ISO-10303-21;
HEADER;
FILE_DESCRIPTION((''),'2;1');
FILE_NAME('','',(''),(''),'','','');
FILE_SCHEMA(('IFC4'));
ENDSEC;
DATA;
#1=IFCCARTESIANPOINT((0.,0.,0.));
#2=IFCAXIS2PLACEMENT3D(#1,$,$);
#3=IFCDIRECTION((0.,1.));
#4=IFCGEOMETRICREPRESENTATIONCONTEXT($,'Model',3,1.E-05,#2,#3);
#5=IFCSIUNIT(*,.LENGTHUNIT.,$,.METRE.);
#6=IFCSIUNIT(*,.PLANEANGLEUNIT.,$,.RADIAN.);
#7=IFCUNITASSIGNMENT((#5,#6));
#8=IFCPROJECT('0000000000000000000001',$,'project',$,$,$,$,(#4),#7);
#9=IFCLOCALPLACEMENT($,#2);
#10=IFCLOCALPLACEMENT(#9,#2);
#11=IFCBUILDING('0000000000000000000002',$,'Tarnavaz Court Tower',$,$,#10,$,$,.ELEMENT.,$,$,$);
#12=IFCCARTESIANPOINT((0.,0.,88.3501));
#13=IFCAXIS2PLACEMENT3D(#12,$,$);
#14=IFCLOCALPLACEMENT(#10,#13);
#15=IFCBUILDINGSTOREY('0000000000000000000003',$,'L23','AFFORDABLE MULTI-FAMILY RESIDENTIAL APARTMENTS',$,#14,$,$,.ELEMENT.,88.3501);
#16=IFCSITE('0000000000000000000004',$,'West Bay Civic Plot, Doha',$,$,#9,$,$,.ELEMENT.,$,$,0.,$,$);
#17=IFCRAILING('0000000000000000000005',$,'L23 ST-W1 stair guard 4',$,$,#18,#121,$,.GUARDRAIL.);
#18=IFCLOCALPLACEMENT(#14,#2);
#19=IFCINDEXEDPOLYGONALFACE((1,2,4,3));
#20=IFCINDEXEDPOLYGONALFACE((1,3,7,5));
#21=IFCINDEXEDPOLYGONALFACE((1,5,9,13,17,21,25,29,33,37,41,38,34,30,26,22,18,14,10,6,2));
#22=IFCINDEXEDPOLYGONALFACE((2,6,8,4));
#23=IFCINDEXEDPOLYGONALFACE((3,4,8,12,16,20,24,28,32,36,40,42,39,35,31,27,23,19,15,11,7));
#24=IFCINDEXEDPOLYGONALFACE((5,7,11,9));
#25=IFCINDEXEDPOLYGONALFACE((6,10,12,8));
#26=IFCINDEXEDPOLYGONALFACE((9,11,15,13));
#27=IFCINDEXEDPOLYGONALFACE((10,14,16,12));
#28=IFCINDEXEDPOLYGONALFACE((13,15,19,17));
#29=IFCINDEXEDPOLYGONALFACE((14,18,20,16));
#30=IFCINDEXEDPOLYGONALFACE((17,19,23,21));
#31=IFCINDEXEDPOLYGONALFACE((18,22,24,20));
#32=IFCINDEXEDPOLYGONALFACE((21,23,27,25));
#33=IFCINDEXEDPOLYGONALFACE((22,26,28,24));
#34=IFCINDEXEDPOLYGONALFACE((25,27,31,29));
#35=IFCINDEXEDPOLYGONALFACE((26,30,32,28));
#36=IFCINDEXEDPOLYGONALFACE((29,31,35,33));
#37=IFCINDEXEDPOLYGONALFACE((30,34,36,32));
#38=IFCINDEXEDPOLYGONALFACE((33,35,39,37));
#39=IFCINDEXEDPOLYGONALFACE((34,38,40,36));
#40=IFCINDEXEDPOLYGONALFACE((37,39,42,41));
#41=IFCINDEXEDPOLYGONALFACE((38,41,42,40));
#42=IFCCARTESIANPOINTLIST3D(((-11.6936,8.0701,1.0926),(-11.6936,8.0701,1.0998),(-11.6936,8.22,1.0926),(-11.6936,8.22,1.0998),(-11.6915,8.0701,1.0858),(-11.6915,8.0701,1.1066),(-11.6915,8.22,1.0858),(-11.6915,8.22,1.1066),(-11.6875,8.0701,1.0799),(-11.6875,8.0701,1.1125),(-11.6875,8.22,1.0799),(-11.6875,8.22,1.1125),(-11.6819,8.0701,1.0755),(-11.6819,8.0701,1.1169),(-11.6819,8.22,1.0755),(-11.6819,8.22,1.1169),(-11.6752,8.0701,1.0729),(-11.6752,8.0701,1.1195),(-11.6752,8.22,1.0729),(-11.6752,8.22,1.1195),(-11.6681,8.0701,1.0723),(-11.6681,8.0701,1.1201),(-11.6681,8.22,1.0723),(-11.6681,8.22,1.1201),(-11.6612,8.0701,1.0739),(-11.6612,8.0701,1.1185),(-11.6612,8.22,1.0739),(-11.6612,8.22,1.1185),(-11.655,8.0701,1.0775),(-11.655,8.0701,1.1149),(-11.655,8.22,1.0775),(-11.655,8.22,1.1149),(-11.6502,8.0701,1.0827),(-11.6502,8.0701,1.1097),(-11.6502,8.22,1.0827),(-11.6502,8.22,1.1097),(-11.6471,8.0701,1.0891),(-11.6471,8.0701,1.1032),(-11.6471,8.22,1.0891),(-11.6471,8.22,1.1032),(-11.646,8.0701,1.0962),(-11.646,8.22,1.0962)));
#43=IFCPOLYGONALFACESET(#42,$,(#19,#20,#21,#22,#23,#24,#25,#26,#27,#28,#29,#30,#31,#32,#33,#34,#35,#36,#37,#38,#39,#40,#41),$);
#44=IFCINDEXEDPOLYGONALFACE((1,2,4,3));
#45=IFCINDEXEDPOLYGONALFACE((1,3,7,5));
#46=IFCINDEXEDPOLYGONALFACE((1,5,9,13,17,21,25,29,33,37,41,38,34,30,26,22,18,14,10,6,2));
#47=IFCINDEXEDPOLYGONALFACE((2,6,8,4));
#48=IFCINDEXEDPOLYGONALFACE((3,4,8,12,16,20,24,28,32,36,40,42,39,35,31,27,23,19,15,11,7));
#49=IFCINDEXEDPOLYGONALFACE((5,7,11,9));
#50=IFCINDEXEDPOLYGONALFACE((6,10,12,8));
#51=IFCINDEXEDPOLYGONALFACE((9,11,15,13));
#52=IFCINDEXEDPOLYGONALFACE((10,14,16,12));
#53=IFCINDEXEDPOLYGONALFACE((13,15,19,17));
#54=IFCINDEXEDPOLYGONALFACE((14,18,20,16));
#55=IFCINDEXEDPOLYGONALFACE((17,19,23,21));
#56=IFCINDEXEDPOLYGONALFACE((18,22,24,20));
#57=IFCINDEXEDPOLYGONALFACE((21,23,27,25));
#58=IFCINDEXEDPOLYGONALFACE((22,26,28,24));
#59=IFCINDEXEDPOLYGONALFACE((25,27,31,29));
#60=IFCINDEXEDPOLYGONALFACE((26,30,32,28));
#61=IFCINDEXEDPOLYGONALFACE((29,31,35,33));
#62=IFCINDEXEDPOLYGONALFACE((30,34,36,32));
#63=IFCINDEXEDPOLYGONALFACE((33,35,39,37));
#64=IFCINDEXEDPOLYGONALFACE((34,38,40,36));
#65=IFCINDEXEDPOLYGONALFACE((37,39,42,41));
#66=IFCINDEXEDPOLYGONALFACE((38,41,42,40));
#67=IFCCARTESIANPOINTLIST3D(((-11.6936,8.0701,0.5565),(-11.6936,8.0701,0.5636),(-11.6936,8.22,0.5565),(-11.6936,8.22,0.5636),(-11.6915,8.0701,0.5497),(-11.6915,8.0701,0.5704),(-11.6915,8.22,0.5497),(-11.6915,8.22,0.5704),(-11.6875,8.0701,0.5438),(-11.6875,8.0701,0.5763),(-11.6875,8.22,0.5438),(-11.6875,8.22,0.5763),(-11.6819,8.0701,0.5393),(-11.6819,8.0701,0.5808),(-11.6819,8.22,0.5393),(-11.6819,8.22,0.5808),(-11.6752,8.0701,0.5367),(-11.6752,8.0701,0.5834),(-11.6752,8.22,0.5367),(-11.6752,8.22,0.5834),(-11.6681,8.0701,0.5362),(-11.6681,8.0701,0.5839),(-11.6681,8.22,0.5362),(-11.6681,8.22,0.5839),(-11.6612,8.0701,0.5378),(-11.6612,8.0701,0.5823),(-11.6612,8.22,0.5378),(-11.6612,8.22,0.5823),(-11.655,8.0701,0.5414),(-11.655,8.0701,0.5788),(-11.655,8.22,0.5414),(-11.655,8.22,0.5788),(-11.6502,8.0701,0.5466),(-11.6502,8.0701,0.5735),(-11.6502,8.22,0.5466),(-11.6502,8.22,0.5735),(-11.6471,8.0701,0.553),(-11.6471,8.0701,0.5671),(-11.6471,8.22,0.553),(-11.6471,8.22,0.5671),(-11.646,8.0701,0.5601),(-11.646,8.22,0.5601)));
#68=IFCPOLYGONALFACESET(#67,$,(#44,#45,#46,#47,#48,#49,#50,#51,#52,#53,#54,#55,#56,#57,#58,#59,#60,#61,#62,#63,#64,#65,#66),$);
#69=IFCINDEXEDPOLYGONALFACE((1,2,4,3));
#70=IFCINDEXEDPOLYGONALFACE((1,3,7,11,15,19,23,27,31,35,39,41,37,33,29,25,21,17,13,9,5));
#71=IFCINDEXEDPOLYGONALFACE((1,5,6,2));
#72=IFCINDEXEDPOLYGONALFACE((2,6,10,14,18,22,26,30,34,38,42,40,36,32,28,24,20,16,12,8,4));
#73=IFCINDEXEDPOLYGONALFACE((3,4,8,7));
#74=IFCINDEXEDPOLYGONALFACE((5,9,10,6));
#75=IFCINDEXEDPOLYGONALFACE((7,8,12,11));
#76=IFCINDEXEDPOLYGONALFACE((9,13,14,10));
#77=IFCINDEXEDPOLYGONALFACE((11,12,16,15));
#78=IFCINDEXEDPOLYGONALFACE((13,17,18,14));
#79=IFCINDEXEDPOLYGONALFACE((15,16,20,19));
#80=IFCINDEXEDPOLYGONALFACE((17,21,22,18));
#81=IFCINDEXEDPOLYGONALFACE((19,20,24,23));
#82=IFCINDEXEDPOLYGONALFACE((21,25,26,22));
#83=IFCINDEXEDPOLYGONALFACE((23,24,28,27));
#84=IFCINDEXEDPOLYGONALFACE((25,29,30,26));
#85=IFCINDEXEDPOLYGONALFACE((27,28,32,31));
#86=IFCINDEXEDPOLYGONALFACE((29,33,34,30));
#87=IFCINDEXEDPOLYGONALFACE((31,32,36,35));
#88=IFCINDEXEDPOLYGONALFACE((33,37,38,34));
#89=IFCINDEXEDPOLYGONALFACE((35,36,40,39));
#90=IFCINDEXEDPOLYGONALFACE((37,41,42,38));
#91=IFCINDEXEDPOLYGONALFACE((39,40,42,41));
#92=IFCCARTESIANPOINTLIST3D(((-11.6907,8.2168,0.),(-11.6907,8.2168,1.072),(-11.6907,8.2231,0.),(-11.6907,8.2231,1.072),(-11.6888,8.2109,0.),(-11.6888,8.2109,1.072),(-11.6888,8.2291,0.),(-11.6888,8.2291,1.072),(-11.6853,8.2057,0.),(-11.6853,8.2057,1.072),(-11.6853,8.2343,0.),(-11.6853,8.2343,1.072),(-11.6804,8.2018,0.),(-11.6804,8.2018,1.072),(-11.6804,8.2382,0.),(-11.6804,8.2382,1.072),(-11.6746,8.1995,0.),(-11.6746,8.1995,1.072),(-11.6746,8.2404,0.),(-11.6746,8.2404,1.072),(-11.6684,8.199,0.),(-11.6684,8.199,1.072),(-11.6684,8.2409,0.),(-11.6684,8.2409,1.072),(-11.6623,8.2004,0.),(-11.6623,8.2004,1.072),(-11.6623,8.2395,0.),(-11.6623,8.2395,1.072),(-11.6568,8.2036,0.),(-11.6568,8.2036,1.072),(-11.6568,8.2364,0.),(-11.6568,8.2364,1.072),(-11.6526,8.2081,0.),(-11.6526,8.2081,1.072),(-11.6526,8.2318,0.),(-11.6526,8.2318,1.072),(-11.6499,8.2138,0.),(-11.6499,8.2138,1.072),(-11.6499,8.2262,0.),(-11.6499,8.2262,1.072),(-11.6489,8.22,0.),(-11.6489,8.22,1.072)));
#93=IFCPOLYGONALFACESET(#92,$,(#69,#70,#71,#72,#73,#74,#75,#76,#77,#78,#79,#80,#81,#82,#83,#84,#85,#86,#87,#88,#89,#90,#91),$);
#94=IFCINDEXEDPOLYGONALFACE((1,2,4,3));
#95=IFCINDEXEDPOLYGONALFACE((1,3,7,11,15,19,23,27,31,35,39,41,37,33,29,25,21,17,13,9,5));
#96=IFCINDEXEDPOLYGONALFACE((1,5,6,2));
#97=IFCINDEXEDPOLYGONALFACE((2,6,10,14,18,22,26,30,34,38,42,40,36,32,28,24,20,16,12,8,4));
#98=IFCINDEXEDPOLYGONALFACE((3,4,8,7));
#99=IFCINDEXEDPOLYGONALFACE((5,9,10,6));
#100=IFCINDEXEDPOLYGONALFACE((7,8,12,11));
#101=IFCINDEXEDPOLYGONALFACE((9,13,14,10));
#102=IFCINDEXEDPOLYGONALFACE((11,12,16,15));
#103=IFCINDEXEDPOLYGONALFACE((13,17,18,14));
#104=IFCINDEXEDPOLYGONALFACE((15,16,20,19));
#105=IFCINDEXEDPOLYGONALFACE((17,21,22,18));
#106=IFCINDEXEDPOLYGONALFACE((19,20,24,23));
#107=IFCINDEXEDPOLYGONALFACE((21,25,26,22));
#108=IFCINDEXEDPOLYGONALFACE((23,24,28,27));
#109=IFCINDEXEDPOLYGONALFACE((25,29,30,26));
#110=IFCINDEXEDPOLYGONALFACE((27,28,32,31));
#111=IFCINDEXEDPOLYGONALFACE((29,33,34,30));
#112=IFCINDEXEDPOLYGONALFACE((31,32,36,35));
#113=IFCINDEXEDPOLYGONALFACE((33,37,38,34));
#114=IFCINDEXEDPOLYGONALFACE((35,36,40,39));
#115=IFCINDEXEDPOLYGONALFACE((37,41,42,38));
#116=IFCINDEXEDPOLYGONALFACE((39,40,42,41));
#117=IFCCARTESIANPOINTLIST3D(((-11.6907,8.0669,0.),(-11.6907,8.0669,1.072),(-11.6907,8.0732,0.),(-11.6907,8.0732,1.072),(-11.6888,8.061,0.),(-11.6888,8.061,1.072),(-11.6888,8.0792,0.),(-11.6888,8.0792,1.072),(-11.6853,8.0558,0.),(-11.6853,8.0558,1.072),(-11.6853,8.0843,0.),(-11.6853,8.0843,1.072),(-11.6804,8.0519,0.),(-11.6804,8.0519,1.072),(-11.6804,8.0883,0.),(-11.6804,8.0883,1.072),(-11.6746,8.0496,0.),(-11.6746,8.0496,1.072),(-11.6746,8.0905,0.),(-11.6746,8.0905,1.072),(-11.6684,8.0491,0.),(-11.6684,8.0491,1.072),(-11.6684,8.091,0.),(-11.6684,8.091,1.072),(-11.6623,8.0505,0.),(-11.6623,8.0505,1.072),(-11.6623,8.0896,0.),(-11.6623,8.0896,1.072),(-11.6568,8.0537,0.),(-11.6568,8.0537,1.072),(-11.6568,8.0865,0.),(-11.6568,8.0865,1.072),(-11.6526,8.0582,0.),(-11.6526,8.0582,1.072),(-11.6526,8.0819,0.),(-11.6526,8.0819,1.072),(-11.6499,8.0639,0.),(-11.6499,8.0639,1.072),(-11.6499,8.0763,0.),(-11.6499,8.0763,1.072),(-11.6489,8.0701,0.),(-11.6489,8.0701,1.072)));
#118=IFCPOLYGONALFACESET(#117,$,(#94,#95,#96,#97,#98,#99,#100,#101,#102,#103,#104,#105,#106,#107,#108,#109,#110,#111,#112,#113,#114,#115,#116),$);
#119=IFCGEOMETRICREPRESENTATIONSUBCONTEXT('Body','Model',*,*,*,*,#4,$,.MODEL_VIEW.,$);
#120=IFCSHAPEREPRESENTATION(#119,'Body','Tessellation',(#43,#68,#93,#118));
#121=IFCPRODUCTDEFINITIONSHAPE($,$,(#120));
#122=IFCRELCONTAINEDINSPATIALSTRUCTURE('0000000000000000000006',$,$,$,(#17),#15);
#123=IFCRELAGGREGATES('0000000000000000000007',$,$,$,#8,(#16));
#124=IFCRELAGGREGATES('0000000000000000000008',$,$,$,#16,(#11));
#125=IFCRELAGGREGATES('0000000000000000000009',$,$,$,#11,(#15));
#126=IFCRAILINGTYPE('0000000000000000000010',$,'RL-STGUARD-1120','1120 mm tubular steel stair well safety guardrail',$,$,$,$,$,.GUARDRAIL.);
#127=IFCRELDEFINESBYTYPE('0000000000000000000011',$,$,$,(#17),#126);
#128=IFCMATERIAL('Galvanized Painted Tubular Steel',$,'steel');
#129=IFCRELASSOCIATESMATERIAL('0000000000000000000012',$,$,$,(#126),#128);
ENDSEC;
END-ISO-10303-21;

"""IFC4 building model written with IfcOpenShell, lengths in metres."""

from ifc_helpers import new_model, si_unit, direction, frame, origin, origin_2d, place, context, subcontext, project, spatial, circle, extrude, material, type_object, element, save


model = new_model("IFC4")

# Units and contexts
model_context = context("Model", 3, precision=1e-05, world=origin(), true_north=direction((0.0, 1.0)))
body_context = subcontext(model_context, "Body", "Model", "MODEL_VIEW")
ifc_project = project(units=[si_unit("LENGTHUNIT", "METRE"), si_unit("PLANEANGLEUNIT", "RADIAN")], contexts=[model_context])

# Site, building, storey
site_placement = place(None, origin())
site = spatial("IfcSite", under=ifc_project, at=site_placement, Name="West Bay Civic Plot, Doha", CompositionType="ELEMENT", RefElevation=0.0)
building_placement = place(site_placement, origin())
building = spatial("IfcBuilding", under=site, at=building_placement, Name="Tarnavaz Court Tower", CompositionType="ELEMENT")
storey_placement = place(building_placement, frame((0.0, 0.0, 88.3501)))
storey = spatial("IfcBuildingStorey", under=building, at=storey_placement, Name="L23", Description="AFFORDABLE MULTI-FAMILY RESIDENTIAL APARTMENTS", CompositionType="ELEMENT", Elevation=88.3501)

# Railing
ifc_material_1 = material(Name="Galvanized Painted Tubular Steel", Category="steel")
railing_type_1 = type_object("IfcRailingType", Name="RL-STGUARD-1120", Description="1120 mm tubular steel stair well safety guardrail", PredefinedType="GUARDRAIL", material=ifc_material_1)
railing_1_placement = place(storey_placement, frame((-11.6699, 8.22, 0.0)))
element("IfcRailing", 1, at=railing_1_placement, inside=storey, type_object=railing_type_1, Name="L23 ST-W1 stair guard 4", PredefinedType="GUARDRAIL", context=body_context, shape_type="SweptSolid", body=[
    extrude(circle(Radius=0.0239, at=origin_2d()), frame((0.0, 0.0, 1.0962), z_axis=(0.0, -1.0, 0.0), x_axis=(1.0, 0.0, 0.0)), (0.0, 0.0, 1.0), 0.1499),
    extrude(circle(Radius=0.0239, at=origin_2d()), frame((0.0, 0.0, 0.5601), z_axis=(0.0, -1.0, 0.0), x_axis=(1.0, 0.0, 0.0)), (0.0, 0.0, 1.0), 0.1499),
    extrude(circle(Radius=0.021, at=origin_2d()), origin(), (0.0, 0.0, 1.0), 1.072),
    extrude(circle(Radius=0.021, at=origin_2d()), frame((0.0, -0.1499, 0.0)), (0.0, 0.0, 1.0), 1.072),
])

save(model, "model.ifc")
